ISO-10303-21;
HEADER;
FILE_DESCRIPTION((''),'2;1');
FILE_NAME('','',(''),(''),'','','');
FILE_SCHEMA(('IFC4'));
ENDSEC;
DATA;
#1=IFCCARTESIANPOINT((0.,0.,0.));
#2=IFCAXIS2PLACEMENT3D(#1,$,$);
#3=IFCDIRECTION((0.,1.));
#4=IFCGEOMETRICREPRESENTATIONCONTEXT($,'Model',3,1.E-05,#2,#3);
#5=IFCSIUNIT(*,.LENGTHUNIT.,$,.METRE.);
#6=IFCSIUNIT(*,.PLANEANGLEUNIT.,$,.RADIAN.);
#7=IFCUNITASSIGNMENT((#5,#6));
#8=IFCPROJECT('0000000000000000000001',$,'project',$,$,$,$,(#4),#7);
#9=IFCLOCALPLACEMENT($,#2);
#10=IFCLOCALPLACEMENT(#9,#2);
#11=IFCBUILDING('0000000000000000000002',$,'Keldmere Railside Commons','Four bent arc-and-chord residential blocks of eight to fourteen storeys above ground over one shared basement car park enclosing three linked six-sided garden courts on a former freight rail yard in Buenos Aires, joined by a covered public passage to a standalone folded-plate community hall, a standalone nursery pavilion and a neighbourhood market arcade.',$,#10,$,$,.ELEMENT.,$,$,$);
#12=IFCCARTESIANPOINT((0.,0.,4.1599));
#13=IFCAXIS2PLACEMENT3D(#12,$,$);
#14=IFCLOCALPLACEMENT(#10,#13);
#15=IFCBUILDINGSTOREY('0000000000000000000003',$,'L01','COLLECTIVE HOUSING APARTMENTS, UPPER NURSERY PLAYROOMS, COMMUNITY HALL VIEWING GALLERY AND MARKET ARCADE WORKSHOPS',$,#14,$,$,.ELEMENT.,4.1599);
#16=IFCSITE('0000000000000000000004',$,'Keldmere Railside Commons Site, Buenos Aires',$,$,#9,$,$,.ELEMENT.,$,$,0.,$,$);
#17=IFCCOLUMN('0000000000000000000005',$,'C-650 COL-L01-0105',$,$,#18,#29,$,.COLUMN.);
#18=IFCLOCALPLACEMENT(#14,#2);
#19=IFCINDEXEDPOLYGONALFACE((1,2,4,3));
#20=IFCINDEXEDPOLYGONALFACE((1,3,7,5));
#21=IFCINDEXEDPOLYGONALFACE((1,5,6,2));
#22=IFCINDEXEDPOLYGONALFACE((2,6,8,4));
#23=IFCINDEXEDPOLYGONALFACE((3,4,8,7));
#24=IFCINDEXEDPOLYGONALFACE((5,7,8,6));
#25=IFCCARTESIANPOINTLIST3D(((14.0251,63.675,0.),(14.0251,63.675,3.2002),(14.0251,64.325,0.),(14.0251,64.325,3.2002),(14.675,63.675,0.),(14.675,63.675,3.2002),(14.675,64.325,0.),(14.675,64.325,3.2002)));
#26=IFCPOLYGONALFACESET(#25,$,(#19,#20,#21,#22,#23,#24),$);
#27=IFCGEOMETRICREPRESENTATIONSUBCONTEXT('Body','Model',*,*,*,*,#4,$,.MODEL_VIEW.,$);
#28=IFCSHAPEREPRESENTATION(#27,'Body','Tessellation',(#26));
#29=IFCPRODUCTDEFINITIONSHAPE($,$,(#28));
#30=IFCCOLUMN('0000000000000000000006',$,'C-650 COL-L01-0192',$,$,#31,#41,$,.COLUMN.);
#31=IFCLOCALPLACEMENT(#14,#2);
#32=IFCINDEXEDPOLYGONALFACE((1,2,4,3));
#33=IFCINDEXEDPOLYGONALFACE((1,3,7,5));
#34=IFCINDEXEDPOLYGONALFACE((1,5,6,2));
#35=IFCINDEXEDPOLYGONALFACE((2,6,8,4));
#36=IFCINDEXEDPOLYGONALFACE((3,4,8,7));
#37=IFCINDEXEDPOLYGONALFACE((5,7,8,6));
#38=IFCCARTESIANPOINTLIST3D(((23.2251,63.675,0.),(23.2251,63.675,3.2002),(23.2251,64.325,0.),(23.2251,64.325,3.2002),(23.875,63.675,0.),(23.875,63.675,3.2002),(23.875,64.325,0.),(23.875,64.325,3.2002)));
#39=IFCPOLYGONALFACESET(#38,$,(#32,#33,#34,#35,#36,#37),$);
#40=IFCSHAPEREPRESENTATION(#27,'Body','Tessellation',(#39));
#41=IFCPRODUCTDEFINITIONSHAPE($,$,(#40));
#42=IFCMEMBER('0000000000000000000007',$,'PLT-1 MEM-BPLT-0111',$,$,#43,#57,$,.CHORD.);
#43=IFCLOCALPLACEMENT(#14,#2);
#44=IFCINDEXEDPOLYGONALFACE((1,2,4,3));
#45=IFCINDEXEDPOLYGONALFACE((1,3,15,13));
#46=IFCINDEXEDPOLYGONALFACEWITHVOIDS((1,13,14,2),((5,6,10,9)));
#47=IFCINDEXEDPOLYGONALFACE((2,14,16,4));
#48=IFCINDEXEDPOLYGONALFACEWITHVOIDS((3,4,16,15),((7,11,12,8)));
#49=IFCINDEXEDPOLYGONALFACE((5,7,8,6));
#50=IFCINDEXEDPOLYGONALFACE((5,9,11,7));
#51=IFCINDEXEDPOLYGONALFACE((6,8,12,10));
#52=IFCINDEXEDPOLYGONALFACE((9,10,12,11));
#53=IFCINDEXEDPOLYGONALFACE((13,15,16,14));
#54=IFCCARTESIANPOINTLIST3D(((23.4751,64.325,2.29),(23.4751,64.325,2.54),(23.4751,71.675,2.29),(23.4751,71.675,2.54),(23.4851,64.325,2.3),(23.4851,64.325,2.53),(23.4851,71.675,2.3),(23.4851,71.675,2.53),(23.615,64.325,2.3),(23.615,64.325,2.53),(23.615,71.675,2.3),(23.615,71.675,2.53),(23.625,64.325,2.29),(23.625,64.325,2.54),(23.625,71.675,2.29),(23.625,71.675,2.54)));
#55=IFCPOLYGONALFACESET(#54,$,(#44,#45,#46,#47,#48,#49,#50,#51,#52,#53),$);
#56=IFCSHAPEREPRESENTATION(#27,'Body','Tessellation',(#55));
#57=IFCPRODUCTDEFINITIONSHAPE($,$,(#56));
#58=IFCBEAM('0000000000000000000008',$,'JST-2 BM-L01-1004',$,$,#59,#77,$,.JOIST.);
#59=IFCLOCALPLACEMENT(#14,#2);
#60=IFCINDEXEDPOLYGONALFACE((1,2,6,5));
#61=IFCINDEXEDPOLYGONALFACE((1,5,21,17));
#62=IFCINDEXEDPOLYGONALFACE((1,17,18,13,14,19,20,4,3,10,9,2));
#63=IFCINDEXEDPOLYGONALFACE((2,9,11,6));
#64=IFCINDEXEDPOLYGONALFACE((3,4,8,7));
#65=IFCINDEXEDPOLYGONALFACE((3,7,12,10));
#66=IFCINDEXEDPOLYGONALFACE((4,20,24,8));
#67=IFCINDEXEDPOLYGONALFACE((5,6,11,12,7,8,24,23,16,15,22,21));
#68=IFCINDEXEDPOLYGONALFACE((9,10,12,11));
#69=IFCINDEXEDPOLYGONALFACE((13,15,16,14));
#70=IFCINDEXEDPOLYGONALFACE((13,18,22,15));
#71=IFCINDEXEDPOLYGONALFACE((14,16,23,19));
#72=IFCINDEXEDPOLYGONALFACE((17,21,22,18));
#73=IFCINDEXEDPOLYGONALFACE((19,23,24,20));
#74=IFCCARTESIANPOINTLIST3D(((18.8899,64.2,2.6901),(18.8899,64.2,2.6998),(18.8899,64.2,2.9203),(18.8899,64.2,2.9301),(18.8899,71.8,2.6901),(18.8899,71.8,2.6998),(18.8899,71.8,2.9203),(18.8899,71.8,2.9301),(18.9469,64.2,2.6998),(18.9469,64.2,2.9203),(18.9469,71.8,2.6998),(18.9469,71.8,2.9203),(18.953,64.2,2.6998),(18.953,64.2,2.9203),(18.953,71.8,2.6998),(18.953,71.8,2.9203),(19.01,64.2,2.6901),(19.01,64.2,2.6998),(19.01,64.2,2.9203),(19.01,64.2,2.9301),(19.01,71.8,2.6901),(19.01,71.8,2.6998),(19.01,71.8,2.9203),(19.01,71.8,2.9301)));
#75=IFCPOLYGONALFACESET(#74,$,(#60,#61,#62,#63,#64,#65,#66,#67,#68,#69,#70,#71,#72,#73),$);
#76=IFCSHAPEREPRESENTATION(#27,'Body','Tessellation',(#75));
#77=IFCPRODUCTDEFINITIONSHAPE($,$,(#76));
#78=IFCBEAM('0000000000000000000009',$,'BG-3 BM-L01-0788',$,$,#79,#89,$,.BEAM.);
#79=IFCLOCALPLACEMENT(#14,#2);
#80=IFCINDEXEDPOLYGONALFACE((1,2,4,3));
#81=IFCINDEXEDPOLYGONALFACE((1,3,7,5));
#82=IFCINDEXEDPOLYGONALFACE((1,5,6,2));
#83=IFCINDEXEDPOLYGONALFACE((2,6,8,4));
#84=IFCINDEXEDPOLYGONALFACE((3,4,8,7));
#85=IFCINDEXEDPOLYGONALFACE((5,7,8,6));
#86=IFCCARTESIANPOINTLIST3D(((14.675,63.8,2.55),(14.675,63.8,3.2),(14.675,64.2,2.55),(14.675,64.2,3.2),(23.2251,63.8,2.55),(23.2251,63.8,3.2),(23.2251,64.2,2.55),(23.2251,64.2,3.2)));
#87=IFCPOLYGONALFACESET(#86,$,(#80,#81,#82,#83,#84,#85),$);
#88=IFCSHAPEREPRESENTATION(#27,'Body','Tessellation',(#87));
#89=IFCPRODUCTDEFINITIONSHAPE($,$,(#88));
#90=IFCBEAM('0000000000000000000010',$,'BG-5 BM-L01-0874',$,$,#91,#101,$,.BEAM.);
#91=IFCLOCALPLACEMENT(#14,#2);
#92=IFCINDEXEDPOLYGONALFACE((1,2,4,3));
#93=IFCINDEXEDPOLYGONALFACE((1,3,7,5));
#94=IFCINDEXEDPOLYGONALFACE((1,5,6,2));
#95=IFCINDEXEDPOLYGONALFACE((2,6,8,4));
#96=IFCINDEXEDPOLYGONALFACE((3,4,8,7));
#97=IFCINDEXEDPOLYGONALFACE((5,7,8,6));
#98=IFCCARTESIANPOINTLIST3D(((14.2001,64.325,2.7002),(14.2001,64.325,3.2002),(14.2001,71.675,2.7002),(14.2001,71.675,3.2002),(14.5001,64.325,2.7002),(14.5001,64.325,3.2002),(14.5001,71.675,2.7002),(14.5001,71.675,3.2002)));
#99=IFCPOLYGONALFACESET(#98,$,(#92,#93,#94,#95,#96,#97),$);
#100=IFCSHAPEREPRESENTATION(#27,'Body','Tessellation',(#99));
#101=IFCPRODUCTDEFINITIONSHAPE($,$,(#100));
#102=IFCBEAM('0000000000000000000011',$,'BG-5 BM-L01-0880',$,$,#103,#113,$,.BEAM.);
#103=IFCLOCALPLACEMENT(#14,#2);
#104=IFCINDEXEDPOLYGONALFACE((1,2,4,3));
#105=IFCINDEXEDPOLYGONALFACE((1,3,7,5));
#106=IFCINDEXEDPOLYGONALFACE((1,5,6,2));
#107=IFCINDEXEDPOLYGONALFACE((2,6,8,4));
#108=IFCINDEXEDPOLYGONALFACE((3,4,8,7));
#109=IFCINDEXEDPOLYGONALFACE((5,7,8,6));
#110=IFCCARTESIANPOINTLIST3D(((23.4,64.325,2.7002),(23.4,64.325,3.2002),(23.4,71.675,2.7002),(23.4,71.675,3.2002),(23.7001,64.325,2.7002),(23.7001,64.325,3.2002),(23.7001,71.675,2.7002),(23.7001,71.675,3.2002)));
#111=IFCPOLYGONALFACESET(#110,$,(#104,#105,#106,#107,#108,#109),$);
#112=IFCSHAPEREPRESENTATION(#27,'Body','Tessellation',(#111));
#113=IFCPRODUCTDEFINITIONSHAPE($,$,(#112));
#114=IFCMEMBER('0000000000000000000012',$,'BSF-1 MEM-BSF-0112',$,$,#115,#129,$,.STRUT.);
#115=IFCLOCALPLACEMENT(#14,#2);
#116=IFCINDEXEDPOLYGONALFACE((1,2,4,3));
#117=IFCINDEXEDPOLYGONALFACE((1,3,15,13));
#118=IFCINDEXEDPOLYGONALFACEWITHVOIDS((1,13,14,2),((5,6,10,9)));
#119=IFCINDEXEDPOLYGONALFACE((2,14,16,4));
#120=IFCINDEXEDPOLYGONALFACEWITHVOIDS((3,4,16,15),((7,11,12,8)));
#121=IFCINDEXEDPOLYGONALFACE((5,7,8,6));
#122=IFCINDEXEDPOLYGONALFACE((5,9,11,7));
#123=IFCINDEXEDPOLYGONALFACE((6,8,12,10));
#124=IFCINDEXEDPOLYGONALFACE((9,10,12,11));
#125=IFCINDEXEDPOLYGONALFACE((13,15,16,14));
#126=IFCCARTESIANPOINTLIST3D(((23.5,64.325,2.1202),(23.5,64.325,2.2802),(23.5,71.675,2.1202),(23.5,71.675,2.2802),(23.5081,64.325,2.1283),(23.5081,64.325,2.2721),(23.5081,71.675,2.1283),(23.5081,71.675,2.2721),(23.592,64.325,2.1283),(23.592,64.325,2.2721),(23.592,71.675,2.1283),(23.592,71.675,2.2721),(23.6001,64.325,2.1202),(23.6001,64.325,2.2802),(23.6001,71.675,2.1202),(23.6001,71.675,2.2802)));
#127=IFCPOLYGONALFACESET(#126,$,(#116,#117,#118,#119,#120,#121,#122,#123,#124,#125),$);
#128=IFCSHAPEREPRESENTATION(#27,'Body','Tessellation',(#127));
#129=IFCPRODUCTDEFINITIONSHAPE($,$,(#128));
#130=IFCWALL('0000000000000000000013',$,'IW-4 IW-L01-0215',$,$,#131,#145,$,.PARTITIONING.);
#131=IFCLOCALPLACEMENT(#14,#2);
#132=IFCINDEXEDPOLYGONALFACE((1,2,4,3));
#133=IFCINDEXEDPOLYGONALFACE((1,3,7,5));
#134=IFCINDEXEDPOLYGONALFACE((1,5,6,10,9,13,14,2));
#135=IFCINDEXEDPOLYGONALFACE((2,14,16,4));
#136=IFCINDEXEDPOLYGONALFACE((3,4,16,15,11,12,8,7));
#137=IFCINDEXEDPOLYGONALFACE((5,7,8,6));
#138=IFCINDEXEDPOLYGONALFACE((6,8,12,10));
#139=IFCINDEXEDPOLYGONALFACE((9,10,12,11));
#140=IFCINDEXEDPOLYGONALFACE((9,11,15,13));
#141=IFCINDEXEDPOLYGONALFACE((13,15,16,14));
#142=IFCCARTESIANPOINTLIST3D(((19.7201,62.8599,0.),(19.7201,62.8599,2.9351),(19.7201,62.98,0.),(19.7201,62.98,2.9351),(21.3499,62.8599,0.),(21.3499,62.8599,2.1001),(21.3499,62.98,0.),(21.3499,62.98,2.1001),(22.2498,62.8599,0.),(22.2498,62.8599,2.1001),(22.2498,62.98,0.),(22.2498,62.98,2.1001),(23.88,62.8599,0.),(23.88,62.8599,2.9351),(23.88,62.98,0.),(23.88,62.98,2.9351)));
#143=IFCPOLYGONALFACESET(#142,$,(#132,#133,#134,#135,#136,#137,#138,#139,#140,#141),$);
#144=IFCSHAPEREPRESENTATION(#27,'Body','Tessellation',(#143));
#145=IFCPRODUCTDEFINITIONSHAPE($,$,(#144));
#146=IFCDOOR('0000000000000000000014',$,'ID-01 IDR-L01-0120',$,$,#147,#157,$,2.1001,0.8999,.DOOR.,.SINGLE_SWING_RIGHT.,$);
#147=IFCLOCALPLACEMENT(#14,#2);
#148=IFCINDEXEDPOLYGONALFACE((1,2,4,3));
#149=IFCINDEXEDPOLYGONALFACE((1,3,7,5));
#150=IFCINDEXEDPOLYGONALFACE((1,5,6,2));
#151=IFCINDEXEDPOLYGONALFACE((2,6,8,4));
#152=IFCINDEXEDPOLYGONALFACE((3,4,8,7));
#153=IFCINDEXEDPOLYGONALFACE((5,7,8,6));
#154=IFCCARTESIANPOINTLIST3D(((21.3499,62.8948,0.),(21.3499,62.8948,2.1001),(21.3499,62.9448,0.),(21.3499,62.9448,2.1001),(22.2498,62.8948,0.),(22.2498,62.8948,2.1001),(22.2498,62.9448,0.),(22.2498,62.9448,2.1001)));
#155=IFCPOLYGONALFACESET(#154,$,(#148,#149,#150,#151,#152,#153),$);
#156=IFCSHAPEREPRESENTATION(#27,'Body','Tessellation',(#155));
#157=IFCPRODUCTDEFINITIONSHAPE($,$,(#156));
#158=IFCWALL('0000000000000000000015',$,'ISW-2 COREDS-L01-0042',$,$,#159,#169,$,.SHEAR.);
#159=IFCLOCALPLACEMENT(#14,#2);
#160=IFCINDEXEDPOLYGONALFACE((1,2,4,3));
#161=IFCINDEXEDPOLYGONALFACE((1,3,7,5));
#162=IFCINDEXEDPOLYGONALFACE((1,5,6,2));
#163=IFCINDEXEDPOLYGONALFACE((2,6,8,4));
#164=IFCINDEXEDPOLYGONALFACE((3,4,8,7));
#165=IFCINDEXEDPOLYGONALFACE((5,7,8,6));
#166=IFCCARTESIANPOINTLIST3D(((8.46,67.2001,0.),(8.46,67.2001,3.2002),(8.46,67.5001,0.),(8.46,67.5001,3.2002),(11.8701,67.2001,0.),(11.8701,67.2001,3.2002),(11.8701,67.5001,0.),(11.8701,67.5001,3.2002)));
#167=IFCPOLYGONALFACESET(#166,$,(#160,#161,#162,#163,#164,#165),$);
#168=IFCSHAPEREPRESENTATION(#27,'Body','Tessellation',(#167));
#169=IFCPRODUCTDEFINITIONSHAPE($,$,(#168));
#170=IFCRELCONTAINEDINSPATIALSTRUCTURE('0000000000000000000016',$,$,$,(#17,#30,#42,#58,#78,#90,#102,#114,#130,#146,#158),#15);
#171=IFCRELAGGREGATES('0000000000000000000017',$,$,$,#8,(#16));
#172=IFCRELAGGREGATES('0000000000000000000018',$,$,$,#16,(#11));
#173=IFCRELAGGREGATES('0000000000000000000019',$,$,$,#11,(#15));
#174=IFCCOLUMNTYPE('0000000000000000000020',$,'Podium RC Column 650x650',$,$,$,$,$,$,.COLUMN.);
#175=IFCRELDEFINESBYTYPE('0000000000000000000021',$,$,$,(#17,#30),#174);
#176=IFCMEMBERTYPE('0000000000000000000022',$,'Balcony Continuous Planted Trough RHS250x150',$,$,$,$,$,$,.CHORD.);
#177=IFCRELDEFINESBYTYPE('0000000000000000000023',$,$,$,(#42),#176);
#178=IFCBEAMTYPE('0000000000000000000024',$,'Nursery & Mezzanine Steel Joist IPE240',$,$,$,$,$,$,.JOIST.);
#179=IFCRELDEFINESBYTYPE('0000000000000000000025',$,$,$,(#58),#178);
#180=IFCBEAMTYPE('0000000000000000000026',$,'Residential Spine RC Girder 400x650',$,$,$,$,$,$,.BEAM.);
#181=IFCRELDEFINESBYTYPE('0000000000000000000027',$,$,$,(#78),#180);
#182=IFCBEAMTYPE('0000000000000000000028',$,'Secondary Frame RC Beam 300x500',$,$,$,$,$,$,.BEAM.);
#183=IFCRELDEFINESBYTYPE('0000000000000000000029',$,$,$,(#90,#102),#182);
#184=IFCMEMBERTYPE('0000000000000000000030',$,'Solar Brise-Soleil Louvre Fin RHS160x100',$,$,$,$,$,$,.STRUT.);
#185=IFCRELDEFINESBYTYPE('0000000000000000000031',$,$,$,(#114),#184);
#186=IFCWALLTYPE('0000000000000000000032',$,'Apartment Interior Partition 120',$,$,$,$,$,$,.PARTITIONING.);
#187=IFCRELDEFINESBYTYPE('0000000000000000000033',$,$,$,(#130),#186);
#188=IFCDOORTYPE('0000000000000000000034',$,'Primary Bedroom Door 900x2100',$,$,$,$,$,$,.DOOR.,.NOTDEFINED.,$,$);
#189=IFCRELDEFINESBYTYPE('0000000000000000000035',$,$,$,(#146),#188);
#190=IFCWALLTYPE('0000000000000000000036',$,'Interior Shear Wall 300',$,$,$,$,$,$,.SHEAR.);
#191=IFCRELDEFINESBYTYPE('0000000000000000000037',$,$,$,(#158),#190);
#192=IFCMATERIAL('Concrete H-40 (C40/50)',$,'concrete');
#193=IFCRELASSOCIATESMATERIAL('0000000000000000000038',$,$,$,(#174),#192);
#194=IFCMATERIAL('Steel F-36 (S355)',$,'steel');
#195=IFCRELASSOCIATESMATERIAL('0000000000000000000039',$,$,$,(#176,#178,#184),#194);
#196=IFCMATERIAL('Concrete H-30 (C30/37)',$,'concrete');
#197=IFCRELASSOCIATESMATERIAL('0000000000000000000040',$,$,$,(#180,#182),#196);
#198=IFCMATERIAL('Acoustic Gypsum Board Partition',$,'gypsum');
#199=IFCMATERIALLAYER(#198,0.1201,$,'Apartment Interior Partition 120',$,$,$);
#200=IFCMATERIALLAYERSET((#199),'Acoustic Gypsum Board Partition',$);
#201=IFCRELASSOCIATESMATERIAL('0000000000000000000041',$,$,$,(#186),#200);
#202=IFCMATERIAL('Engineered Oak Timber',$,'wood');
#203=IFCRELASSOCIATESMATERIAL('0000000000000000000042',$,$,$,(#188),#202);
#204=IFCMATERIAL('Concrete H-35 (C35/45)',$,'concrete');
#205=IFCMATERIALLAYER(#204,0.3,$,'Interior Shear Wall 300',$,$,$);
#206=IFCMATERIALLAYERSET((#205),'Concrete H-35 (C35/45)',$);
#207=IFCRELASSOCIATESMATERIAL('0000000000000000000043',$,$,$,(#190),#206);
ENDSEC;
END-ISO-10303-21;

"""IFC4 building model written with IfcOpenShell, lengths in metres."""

from ifc_helpers import new_model, si_unit, direction, frame, frame_2d, origin, origin_2d, place, context, subcontext, project, spatial, rectangle, hollow_rectangle, i_section, extrude, material, layer, layer_set, material_profile, profile_set, type_object, element, fill, save


model = new_model("IFC4")

# Units and contexts
model_context = context("Model", 3, precision=1e-05, world=origin(), true_north=direction((0.0, 1.0)))
body_context = subcontext(model_context, "Body", "Model", "MODEL_VIEW")
ifc_project = project(units=[si_unit("LENGTHUNIT", "METRE"), si_unit("PLANEANGLEUNIT", "RADIAN")], contexts=[model_context])

# Site, building, storey
site_placement = place(None, origin())
site = spatial("IfcSite", under=ifc_project, at=site_placement, Name="Keldmere Railside Commons Site, Buenos Aires", CompositionType="ELEMENT", RefElevation=0.0)
building_placement = place(site_placement, origin())
building = spatial("IfcBuilding", under=site, at=building_placement, Name="Keldmere Railside Commons", Description="Four bent arc-and-chord residential blocks of eight to fourteen storeys above ground over one shared basement car park enclosing three linked six-sided garden courts on a former freight rail yard in Buenos Aires, joined by a covered public passage to a standalone folded-plate community hall, a standalone nursery pavilion and a neighbourhood market arcade.", CompositionType="ELEMENT")
storey_placement = place(building_placement, frame((0.0, 0.0, 4.1599)))
storey = spatial("IfcBuildingStorey", under=building, at=storey_placement, Name="L01", Description="COLLECTIVE HOUSING APARTMENTS, UPPER NURSERY PLAYROOMS, COMMUNITY HALL VIEWING GALLERY AND MARKET ARCADE WORKSHOPS", CompositionType="ELEMENT", Elevation=4.1599)

# Columns
ifc_material_1 = material(Name="Concrete H-40 (C40/50)", Category="concrete")
ifc_material_profile_1 = material_profile(ifc_material_1, rectangle(XDim=0.6499, YDim=0.6499, at=origin_2d()), Name="RC-650x650")
ifc_profile_set_1 = profile_set([ifc_material_profile_1], Name="Concrete H-40 (C40/50)")
column_type = type_object("IfcColumnType", Name="Podium RC Column 650x650", PredefinedType="COLUMN", material=ifc_profile_set_1)
for number, where, z_axis, x_axis, name in (
    (1, (14.3501, 64.0, 0.0), (0.0, 0.0, 1.0), (1.0, 0.0, 0.0), "C-650 COL-L01-0105"),
    (2, (23.55, 64.0, 0.0), (0.0, 0.0, 1.0), (1.0, 0.0, 0.0), "C-650 COL-L01-0192"),
):
    element("IfcColumn", number, at=place(storey_placement, frame(where, z_axis=z_axis, x_axis=x_axis)), inside=storey, type_object=column_type, Name=name, PredefinedType="COLUMN", context=body_context, shape_type="SweptSolid", body=[
        extrude(rectangle(XDim=0.6499, YDim=0.6499, at=origin_2d()), origin(), (0.0, 0.0, 1.0), 3.2002),
    ])

# Member
ifc_material_2 = material(Name="Steel F-36 (S355)", Category="steel")
ifc_material_profile_2 = material_profile(ifc_material_2, hollow_rectangle(XDim=0.1499, YDim=0.25, WallThickness=0.01, at=origin_2d()), Name="RHS-250x150x10")
ifc_profile_set_2 = profile_set([ifc_material_profile_2], Name="Steel F-36 (S355)")
member_type_1 = type_object("IfcMemberType", Name="Balcony Continuous Planted Trough RHS250x150", PredefinedType="CHORD", material=ifc_profile_set_2)
member_1_placement = place(storey_placement, frame((23.55, 64.325, 2.415), z_axis=(0.0, 1.0, 0.0), x_axis=(-1.0, 0.0, 0.0)))
element("IfcMember", 3, at=member_1_placement, inside=storey, type_object=member_type_1, Name="PLT-1 MEM-BPLT-0111", PredefinedType="CHORD", context=body_context, shape_type="SweptSolid", body=[
    extrude(hollow_rectangle(XDim=0.1499, YDim=0.25, WallThickness=0.01, at=origin_2d()), origin(), (0.0, 0.0, 1.0), 7.3501),
])

# Beams
ifc_material_profile_3 = material_profile(ifc_material_2, i_section(OverallWidth=0.1201, OverallDepth=0.24, WebThickness=0.0061, FlangeThickness=0.0098, at=origin_2d()), Name="IPE-240")
ifc_profile_set_3 = profile_set([ifc_material_profile_3], Name="Steel F-36 (S355)")
beam_type_1 = type_object("IfcBeamType", Name="Nursery & Mezzanine Steel Joist IPE240", PredefinedType="JOIST", material=ifc_profile_set_3)
beam_1_placement = place(storey_placement, frame((18.95, 64.2, 2.8101), z_axis=(0.0, 1.0, 0.0), x_axis=(-1.0, 0.0, 0.0)))
element("IfcBeam", 4, at=beam_1_placement, inside=storey, type_object=beam_type_1, Name="JST-2 BM-L01-1004", PredefinedType="JOIST", context=body_context, shape_type="SweptSolid", body=[
    extrude(i_section(OverallWidth=0.1201, OverallDepth=0.24, WebThickness=0.0061, FlangeThickness=0.0098, at=origin_2d()), origin(), (0.0, 0.0, 1.0), 7.6001),
])
ifc_material_3 = material(Name="Concrete H-30 (C30/37)", Category="concrete")
ifc_material_profile_4 = material_profile(ifc_material_3, rectangle(XDim=0.3999, YDim=0.6499, at=origin_2d()), Name="RC-400x650")
ifc_profile_set_4 = profile_set([ifc_material_profile_4], Name="Concrete H-30 (C30/37)")
beam_type_2 = type_object("IfcBeamType", Name="Residential Spine RC Girder 400x650", PredefinedType="BEAM", material=ifc_profile_set_4)
beam_2_placement = place(storey_placement, frame((14.675, 64.0, 2.875), z_axis=(1.0, 0.0, 0.0), x_axis=(0.0, 1.0, 0.0)))
element("IfcBeam", 5, at=beam_2_placement, inside=storey, type_object=beam_type_2, Name="BG-3 BM-L01-0788", PredefinedType="BEAM", context=body_context, shape_type="SweptSolid", body=[
    extrude(rectangle(XDim=0.3999, YDim=0.6499, at=origin_2d()), origin(), (0.0, 0.0, 1.0), 8.55),
])
ifc_material_profile_5 = material_profile(ifc_material_3, rectangle(XDim=0.3, YDim=0.5, at=origin_2d()), Name="RC-300x500")
ifc_profile_set_5 = profile_set([ifc_material_profile_5], Name="Concrete H-30 (C30/37)")
beam_type_3 = type_object("IfcBeamType", Name="Secondary Frame RC Beam 300x500", PredefinedType="BEAM", material=ifc_profile_set_5)
for number, where, z_axis, x_axis, name in (
    (6, (14.3501, 64.325, 2.9502), (0.0, 1.0, 0.0), (-1.0, 0.0, 0.0), "BG-5 BM-L01-0874"),
    (7, (23.55, 64.325, 2.9502), (0.0, 1.0, 0.0), (-1.0, 0.0, 0.0), "BG-5 BM-L01-0880"),
):
    element("IfcBeam", number, at=place(storey_placement, frame(where, z_axis=z_axis, x_axis=x_axis)), inside=storey, type_object=beam_type_3, Name=name, PredefinedType="BEAM", context=body_context, shape_type="SweptSolid", body=[
        extrude(rectangle(XDim=0.3, YDim=0.5, at=origin_2d()), origin(), (0.0, 0.0, 1.0), 7.3501),
    ])

# Member
ifc_material_profile_6 = material_profile(ifc_material_2, hollow_rectangle(XDim=0.1001, YDim=0.1599, WallThickness=0.0081, at=origin_2d()), Name="RHS-160x100x8")
ifc_profile_set_6 = profile_set([ifc_material_profile_6], Name="Steel F-36 (S355)")
member_type_2 = type_object("IfcMemberType", Name="Solar Brise-Soleil Louvre Fin RHS160x100", PredefinedType="STRUT", material=ifc_profile_set_6)
member_2_placement = place(storey_placement, frame((23.55, 64.325, 2.2002), z_axis=(0.0, 1.0, 0.0), x_axis=(-1.0, 0.0, 0.0)))
element("IfcMember", 8, at=member_2_placement, inside=storey, type_object=member_type_2, Name="BSF-1 MEM-BSF-0112", PredefinedType="STRUT", context=body_context, shape_type="SweptSolid", body=[
    extrude(hollow_rectangle(XDim=0.1001, YDim=0.1599, WallThickness=0.0081, at=origin_2d()), origin(), (0.0, 0.0, 1.0), 7.3501),
])

# Wall, opening, door
ifc_material_4 = material(Name="Acoustic Gypsum Board Partition", Category="gypsum")
ifc_layer_1 = layer(ifc_material_4, 0.1201, Name="Apartment Interior Partition 120")
ifc_layer_set_1 = layer_set([ifc_layer_1], Name="Acoustic Gypsum Board Partition")
wall_type_1 = type_object("IfcWallType", Name="Apartment Interior Partition 120", PredefinedType="PARTITIONING", material=ifc_layer_set_1)
wall_1_placement = place(storey_placement, frame((19.72, 62.9199, 0.0), z_axis=(0.0, 0.0, 1.0), x_axis=(1.0, 0.0, 0.0)))
wall_1 = element("IfcWall", 9, at=wall_1_placement, inside=storey, type_object=wall_type_1, Name="IW-4 IW-L01-0215", PredefinedType="PARTITIONING", context=body_context, shape_type="SweptSolid", body=[
    extrude(rectangle(XDim=4.1599, YDim=0.1201, at=frame_2d((2.0801, 0.0))), origin(), (0.0, 0.0, 1.0), 2.9351),
])
opening_placement = place(wall_1_placement, frame((1.6299, 0.0, 0.0)))
opening = element("IfcOpeningElement", 10, at=opening_placement, cuts=wall_1, PredefinedType="OPENING", context=body_context, shape_type="SweptSolid", body=[
    extrude(rectangle(XDim=0.8999, YDim=2.1001, at=frame_2d((0.45, 1.05))), frame((0.0, 0.0701, 0.0), z_axis=(0.0, -1.0, 0.0), x_axis=(1.0, 0.0, 0.0)), (0.0, 0.0, 1.0), 0.1401),
])
ifc_material_5 = material(Name="Engineered Oak Timber", Category="wood")
door_type = type_object("IfcDoorType", Name="Primary Bedroom Door 900x2100", OperationType="NOTDEFINED", PredefinedType="DOOR", material=ifc_material_5)
door_placement = place(opening_placement, origin())
door = element("IfcDoor", 11, at=door_placement, inside=storey, type_object=door_type, Name="ID-01 IDR-L01-0120", OperationType="SINGLE_SWING_RIGHT", OverallHeight=2.1001, OverallWidth=0.8999, PredefinedType="DOOR", context=body_context, shape_type="SweptSolid", body=[
    extrude(rectangle(XDim=0.8999, YDim=2.1001, at=frame_2d((0.45, 1.05))), frame((0.0, 0.0249, 0.0), z_axis=(0.0, -1.0, 0.0), x_axis=(1.0, 0.0, 0.0)), (0.0, 0.0, 1.0), 0.05),
])
fill(opening, door)

# Wall
ifc_material_6 = material(Name="Concrete H-35 (C35/45)", Category="concrete")
ifc_layer_2 = layer(ifc_material_6, 0.3, Name="Interior Shear Wall 300")
ifc_layer_set_2 = layer_set([ifc_layer_2], Name="Concrete H-35 (C35/45)")
wall_type_2 = type_object("IfcWallType", Name="Interior Shear Wall 300", PredefinedType="SHEAR", material=ifc_layer_set_2)
wall_2_placement = place(storey_placement, frame((11.8701, 67.3501, 0.0), z_axis=(0.0, 0.0, 1.0), x_axis=(-1.0, 0.0, 0.0)))
element("IfcWall", 12, at=wall_2_placement, inside=storey, type_object=wall_type_2, Name="ISW-2 COREDS-L01-0042", PredefinedType="SHEAR", context=body_context, shape_type="SweptSolid", body=[
    extrude(rectangle(XDim=3.4102, YDim=0.3, at=frame_2d((1.7051, 0.0))), origin(), (0.0, 0.0, 1.0), 3.2002),
])

save(model, "model.ifc")
